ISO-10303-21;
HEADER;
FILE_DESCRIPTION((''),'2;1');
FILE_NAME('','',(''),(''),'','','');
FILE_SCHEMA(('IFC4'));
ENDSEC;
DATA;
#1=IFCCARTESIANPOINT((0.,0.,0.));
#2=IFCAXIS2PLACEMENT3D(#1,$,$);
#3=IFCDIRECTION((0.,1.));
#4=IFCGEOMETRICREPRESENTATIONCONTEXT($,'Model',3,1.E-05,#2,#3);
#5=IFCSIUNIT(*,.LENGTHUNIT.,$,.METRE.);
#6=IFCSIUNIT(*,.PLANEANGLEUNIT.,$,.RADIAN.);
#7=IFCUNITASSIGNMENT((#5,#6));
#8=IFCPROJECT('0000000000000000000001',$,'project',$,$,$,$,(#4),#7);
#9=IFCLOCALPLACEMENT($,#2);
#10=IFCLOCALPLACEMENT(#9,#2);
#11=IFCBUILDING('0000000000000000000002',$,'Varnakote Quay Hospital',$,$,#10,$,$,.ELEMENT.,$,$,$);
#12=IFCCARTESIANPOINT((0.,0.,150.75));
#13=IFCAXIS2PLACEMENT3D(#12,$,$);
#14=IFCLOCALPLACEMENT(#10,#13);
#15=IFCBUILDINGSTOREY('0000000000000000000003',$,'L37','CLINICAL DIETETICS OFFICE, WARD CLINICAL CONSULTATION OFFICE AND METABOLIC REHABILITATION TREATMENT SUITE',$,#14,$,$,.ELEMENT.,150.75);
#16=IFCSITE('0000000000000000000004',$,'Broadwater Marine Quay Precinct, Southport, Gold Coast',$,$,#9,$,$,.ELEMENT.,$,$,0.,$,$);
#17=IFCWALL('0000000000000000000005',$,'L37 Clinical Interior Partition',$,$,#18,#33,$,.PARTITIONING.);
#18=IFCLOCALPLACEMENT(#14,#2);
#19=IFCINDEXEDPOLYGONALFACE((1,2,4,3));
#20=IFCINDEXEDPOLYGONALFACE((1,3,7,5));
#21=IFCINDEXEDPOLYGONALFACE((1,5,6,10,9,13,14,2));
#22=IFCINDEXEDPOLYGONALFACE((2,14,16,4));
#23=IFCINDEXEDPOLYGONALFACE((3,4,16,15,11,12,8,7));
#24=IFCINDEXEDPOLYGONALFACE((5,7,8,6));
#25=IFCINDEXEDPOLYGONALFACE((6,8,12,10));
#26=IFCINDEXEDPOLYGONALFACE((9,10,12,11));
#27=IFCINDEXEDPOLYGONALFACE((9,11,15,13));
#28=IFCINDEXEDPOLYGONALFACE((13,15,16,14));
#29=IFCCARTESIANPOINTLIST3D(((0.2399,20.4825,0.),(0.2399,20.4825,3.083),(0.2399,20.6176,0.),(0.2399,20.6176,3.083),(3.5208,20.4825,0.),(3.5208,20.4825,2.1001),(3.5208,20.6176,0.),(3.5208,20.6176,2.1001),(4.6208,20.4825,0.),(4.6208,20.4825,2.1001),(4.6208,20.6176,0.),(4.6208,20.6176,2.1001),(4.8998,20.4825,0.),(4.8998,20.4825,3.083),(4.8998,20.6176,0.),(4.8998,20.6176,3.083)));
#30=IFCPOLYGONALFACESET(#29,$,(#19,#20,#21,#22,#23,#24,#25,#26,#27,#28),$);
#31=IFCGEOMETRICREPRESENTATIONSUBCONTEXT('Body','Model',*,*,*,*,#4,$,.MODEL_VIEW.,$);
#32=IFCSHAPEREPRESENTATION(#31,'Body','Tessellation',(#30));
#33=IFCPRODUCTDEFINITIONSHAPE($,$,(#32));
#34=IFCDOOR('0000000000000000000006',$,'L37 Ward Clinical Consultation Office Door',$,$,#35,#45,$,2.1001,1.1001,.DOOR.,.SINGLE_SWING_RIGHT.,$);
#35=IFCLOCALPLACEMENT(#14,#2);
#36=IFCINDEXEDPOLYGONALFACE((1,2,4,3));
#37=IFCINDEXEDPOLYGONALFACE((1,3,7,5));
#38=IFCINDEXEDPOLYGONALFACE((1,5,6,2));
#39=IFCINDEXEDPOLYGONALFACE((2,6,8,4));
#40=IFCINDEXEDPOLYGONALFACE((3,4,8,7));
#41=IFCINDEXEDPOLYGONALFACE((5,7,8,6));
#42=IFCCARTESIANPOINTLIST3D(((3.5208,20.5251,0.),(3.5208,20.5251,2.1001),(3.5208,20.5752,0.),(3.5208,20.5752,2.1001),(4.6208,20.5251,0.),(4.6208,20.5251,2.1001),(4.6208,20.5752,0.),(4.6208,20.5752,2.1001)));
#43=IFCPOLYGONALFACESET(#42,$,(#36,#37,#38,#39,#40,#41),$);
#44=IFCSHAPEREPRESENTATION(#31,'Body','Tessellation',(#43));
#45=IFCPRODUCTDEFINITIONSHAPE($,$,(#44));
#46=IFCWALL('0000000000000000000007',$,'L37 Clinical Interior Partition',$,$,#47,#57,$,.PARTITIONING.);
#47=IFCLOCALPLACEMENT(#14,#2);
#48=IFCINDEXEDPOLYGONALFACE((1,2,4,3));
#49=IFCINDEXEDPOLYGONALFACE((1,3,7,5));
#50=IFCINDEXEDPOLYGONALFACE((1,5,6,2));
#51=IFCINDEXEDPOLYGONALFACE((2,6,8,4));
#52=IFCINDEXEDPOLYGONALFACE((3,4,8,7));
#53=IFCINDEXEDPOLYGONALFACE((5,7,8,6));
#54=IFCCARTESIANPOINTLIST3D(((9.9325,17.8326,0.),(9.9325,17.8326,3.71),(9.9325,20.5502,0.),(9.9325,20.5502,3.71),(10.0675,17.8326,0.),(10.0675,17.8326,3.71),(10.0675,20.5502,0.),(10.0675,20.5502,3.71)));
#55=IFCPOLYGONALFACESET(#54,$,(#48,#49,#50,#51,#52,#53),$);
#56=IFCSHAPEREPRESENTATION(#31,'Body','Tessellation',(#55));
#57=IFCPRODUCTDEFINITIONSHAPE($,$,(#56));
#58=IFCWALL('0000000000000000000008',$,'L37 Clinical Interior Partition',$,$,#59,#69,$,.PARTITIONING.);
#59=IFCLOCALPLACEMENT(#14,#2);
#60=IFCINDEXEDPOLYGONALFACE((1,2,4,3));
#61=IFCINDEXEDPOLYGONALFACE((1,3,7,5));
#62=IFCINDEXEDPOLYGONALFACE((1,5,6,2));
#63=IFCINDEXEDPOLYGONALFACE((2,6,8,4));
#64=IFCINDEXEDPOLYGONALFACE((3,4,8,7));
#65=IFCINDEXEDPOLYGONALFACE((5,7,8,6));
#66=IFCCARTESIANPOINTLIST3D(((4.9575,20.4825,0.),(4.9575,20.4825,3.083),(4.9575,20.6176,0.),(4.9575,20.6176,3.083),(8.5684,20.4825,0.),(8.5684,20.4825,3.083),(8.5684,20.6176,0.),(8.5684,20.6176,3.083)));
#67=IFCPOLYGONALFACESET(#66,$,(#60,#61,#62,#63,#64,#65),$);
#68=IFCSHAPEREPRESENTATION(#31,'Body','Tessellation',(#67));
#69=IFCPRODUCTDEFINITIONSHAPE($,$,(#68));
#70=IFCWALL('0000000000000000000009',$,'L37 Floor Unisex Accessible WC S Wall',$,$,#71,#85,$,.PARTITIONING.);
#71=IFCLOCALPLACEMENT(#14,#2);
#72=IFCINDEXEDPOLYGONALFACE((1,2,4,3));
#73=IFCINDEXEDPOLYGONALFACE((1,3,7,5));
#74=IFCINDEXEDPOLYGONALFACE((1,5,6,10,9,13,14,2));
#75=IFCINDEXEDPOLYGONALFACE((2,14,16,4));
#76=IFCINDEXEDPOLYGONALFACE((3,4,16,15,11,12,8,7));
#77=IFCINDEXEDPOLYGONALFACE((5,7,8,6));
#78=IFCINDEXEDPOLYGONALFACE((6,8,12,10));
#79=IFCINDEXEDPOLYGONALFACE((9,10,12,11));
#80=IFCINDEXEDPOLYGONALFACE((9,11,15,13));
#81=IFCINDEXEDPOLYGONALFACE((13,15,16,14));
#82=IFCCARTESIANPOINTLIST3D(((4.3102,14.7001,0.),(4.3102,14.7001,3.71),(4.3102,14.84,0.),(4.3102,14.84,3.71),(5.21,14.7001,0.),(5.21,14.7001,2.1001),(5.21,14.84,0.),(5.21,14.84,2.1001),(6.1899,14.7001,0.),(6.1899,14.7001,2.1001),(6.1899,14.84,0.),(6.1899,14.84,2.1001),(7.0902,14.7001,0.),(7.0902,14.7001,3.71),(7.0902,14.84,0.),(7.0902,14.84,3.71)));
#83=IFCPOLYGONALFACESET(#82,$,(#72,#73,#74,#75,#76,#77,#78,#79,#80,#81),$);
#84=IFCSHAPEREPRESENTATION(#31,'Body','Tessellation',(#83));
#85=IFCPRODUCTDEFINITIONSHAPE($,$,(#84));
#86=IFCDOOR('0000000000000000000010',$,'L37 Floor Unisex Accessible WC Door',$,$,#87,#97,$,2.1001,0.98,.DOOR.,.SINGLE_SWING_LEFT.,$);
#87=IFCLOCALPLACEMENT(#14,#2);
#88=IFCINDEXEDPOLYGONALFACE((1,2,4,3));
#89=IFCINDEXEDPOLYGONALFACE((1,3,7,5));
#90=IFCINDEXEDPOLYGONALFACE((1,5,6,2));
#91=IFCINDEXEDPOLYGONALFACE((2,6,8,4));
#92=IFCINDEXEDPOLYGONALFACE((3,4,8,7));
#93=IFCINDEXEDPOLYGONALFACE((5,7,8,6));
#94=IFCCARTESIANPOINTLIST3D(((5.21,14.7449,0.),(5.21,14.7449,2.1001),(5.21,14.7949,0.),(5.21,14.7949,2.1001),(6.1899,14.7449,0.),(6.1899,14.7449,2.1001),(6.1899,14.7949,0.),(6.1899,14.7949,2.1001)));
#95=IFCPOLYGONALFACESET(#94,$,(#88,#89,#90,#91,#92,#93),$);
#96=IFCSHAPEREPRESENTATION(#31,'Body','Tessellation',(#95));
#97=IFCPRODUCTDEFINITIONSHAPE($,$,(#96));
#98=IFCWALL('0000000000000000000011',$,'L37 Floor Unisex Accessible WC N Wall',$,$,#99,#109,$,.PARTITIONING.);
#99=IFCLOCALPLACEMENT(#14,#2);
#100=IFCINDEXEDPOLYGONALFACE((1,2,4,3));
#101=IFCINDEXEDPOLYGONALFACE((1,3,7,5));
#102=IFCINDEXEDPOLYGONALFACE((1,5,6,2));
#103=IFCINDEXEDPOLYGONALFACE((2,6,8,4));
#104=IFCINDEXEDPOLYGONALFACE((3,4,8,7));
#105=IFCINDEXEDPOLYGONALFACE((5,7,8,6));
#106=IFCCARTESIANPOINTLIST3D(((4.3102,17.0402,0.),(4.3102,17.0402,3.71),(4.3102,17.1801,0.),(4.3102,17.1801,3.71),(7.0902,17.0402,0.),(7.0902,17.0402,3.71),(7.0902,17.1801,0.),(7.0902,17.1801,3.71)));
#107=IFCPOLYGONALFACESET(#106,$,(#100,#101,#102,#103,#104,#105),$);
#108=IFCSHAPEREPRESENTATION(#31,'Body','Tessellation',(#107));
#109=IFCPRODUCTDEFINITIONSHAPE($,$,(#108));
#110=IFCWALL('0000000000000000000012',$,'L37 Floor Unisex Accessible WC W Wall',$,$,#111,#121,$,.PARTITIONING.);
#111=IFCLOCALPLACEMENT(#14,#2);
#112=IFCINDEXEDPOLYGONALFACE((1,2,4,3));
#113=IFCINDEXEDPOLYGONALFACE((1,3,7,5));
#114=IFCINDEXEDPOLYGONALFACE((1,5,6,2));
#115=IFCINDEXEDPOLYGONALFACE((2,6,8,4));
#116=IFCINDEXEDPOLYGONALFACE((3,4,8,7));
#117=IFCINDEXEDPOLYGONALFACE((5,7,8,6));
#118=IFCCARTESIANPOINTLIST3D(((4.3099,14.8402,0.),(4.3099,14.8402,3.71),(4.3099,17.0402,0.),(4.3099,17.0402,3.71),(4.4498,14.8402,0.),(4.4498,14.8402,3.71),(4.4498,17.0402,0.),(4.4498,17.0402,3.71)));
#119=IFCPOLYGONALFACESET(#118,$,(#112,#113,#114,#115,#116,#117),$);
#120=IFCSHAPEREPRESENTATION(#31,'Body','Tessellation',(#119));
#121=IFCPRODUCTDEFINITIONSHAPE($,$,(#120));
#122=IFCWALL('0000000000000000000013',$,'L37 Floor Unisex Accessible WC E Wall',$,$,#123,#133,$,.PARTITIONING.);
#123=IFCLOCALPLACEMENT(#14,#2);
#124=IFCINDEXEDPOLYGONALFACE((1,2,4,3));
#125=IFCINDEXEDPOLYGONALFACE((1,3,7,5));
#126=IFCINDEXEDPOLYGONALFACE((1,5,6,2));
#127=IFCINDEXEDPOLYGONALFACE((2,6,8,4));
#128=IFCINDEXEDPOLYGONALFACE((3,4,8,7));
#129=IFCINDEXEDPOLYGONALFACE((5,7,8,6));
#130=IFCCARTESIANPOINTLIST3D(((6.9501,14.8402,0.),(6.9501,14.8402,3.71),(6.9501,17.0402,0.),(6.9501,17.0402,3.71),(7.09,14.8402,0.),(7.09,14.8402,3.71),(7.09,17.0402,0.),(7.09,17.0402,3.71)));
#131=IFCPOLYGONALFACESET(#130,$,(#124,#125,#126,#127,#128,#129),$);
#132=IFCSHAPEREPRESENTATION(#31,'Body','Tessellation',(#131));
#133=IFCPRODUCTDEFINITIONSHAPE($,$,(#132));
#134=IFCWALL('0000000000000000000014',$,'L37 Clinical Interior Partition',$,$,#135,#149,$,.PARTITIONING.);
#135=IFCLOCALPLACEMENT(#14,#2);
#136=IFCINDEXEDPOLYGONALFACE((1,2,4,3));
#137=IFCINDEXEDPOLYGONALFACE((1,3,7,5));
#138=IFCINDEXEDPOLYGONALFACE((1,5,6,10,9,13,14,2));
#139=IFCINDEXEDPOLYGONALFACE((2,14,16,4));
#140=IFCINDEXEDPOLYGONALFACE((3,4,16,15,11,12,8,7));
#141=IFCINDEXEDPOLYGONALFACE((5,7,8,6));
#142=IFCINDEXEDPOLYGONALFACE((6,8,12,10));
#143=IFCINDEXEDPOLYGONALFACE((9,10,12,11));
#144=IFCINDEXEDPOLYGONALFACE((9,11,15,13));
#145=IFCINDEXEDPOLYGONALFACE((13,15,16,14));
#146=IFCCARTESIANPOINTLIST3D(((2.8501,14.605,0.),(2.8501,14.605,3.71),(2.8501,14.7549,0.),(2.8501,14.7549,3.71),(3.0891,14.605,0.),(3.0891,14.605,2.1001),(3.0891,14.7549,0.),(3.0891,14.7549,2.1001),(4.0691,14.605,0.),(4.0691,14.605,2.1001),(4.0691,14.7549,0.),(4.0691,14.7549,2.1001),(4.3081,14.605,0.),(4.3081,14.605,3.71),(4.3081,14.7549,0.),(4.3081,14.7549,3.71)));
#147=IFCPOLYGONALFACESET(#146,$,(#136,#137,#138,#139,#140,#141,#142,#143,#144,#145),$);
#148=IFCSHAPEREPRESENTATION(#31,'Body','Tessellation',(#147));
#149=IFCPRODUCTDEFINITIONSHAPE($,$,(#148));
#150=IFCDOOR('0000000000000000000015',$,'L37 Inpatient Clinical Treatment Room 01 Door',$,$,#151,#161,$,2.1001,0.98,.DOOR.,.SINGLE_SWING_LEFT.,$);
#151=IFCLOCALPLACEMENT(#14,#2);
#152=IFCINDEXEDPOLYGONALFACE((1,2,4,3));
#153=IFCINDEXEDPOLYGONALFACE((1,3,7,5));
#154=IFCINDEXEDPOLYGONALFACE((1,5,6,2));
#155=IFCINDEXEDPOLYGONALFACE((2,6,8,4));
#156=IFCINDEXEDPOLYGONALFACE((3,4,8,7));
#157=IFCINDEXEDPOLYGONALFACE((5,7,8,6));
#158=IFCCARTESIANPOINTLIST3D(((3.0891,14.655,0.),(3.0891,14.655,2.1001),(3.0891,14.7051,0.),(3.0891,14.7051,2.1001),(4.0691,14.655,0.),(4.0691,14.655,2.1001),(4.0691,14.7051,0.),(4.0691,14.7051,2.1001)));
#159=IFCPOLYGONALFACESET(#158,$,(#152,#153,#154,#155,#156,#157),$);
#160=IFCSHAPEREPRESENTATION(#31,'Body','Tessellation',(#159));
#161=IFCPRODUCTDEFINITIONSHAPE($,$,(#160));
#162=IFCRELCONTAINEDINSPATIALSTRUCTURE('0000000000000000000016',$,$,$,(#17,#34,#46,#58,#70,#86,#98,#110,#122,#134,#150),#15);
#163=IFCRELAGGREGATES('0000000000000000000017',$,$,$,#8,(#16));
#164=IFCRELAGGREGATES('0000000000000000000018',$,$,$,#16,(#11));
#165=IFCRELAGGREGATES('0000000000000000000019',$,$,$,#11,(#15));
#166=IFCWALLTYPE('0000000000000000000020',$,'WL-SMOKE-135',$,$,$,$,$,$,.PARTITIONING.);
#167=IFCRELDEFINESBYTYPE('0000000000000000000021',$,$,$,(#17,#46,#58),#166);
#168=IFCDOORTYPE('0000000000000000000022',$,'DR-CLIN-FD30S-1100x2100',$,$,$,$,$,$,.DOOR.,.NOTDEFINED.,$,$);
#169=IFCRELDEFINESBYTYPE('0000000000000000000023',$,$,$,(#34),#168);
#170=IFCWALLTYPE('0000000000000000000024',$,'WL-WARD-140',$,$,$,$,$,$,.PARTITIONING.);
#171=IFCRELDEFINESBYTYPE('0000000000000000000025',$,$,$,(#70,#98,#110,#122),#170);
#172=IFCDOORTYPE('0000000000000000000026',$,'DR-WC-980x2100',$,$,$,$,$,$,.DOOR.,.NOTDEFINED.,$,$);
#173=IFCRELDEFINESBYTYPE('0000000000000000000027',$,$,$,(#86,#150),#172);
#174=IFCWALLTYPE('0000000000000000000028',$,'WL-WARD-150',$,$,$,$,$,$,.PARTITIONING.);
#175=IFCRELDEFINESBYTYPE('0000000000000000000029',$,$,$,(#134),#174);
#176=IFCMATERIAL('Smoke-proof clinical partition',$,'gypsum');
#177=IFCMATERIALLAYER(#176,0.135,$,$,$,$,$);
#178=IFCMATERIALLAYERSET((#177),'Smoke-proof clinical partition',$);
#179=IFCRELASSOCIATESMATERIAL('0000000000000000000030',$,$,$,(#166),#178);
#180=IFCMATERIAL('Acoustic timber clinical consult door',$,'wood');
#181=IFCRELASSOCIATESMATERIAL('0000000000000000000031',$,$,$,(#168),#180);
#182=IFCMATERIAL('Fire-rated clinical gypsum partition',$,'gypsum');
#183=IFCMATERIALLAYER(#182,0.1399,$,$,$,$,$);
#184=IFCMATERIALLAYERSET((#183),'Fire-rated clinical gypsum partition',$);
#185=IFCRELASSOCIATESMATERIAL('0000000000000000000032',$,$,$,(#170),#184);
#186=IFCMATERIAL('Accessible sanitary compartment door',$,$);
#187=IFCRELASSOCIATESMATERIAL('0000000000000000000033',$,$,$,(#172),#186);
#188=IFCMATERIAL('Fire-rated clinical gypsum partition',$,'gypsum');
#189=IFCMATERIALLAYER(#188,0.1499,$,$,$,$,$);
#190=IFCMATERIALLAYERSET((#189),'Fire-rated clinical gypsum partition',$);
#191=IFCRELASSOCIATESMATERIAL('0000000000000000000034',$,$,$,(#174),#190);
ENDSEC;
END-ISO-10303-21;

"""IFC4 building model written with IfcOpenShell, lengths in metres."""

from ifc_helpers import new_model, si_unit, direction, frame, frame_2d, origin, place, context, subcontext, project, spatial, rectangle, extrude, material, layer, layer_set, type_object, element, fill, save


model = new_model("IFC4")

# Units and contexts
model_context = context("Model", 3, precision=1e-05, world=origin(), true_north=direction((0.0, 1.0)))
body_context = subcontext(model_context, "Body", "Model", "MODEL_VIEW")
ifc_project = project(units=[si_unit("LENGTHUNIT", "METRE"), si_unit("PLANEANGLEUNIT", "RADIAN")], contexts=[model_context])

# Site, building, storey
site_placement = place(None, origin())
site = spatial("IfcSite", under=ifc_project, at=site_placement, Name="Broadwater Marine Quay Precinct, Southport, Gold Coast", CompositionType="ELEMENT", RefElevation=0.0)
building_placement = place(site_placement, origin())
building = spatial("IfcBuilding", under=site, at=building_placement, Name="Varnakote Quay Hospital", CompositionType="ELEMENT")
storey_placement = place(building_placement, frame((0.0, 0.0, 150.75)))
storey = spatial("IfcBuildingStorey", under=building, at=storey_placement, Name="L37", Description="CLINICAL DIETETICS OFFICE, WARD CLINICAL CONSULTATION OFFICE AND METABOLIC REHABILITATION TREATMENT SUITE", CompositionType="ELEMENT", Elevation=150.75)

# Shared definitions
ifc_material_1 = material(Name="Smoke-proof clinical partition", Category="gypsum")
ifc_layer_1 = layer(ifc_material_1, 0.135)
ifc_layer_set_1 = layer_set([ifc_layer_1], Name="Smoke-proof clinical partition")
wall_type_1 = type_object("IfcWallType", Name="WL-SMOKE-135", PredefinedType="PARTITIONING", material=ifc_layer_set_1)

# Wall, opening, door
wall_1_placement = place(storey_placement, frame((4.8999, 20.55, 0.0), z_axis=(0.0, 0.0, 1.0), x_axis=(-1.0, 0.0, 0.0)))
wall_1 = element("IfcWall", 1, at=wall_1_placement, inside=storey, type_object=wall_type_1, Name="L37 Clinical Interior Partition", PredefinedType="PARTITIONING", context=body_context, shape_type="SweptSolid", body=[
    extrude(rectangle(XDim=4.6599, YDim=0.135, at=frame_2d((2.3301, 0.0))), origin(), (0.0, 0.0, 1.0), 3.083),
])
opening_1_placement = place(wall_1_placement, frame((0.2791, 0.0, 0.0)))
opening_1 = element("IfcOpeningElement", 2, at=opening_1_placement, cuts=wall_1, PredefinedType="OPENING", context=body_context, shape_type="SweptSolid", body=[
    extrude(rectangle(XDim=1.1001, YDim=2.1001, at=frame_2d((0.55, 1.05))), frame((0.0, 0.0774, 0.0), z_axis=(0.0, -1.0, 0.0), x_axis=(1.0, 0.0, 0.0)), (0.0, 0.0, 1.0), 0.155),
])
ifc_material_2 = material(Name="Acoustic timber clinical consult door", Category="wood")
door_type_1 = type_object("IfcDoorType", Name="DR-CLIN-FD30S-1100x2100", OperationType="NOTDEFINED", PredefinedType="DOOR", material=ifc_material_2)
door_1_placement = place(opening_1_placement, origin())
door_1 = element("IfcDoor", 3, at=door_1_placement, inside=storey, type_object=door_type_1, Name="L37 Ward Clinical Consultation Office Door", OperationType="SINGLE_SWING_RIGHT", OverallHeight=2.1001, OverallWidth=1.1001, PredefinedType="DOOR", context=body_context, shape_type="SweptSolid", body=[
    extrude(rectangle(XDim=1.1001, YDim=2.1001, at=frame_2d((0.55, 1.05))), frame((0.0, 0.0249, 0.0), z_axis=(0.0, -1.0, 0.0), x_axis=(1.0, 0.0, 0.0)), (0.0, 0.0, 1.0), 0.05),
])
fill(opening_1, door_1)

# Walls
wall_2_placement = place(storey_placement, frame((10.0, 17.8325, 0.0), z_axis=(0.0, 0.0, 1.0), x_axis=(0.0, 1.0, 0.0)))
element("IfcWall", 4, at=wall_2_placement, inside=storey, type_object=wall_type_1, Name="L37 Clinical Interior Partition", PredefinedType="PARTITIONING", context=body_context, shape_type="SweptSolid", body=[
    extrude(rectangle(XDim=2.7175, YDim=0.135, at=frame_2d((1.3589, 0.0))), origin(), (0.0, 0.0, 1.0), 3.71),
])
wall_3_placement = place(storey_placement, frame((8.5684, 20.55, 0.0), z_axis=(0.0, 0.0, 1.0), x_axis=(-1.0, 0.0, 0.0)))
element("IfcWall", 5, at=wall_3_placement, inside=storey, type_object=wall_type_1, Name="L37 Clinical Interior Partition", PredefinedType="PARTITIONING", context=body_context, shape_type="SweptSolid", body=[
    extrude(rectangle(XDim=3.6108, YDim=0.135, at=frame_2d((1.8054, 0.0))), origin(), (0.0, 0.0, 1.0), 3.083),
])

# Wall, opening, door
ifc_material_3 = material(Name="Fire-rated clinical gypsum partition", Category="gypsum")
ifc_layer_2 = layer(ifc_material_3, 0.1399)
ifc_layer_set_2 = layer_set([ifc_layer_2], Name="Fire-rated clinical gypsum partition")
wall_type_2 = type_object("IfcWallType", Name="WL-WARD-140", PredefinedType="PARTITIONING", material=ifc_layer_set_2)
wall_4_placement = place(storey_placement, frame((4.3101, 14.77, 0.0), z_axis=(0.0, 0.0, 1.0), x_axis=(1.0, 0.0, 0.0)))
wall_4 = element("IfcWall", 6, at=wall_4_placement, inside=storey, type_object=wall_type_2, Name="L37 Floor Unisex Accessible WC S Wall", PredefinedType="PARTITIONING", context=body_context, shape_type="SweptSolid", body=[
    extrude(rectangle(XDim=2.78, YDim=0.1399, at=frame_2d((1.3901, 0.0))), origin(), (0.0, 0.0, 1.0), 3.71),
])
opening_2_placement = place(wall_4_placement, frame((0.8999, 0.0, 0.0)))
opening_2 = element("IfcOpeningElement", 7, at=opening_2_placement, cuts=wall_4, PredefinedType="OPENING", context=body_context, shape_type="SweptSolid", body=[
    extrude(rectangle(XDim=0.98, YDim=2.1001, at=frame_2d((0.49, 1.05))), frame((0.0, 0.0798, 0.0), z_axis=(0.0, -1.0, 0.0), x_axis=(1.0, 0.0, 0.0)), (0.0, 0.0, 1.0), 0.1599),
])
ifc_material_4 = material(Name="Accessible sanitary compartment door")
door_type_2 = type_object("IfcDoorType", Name="DR-WC-980x2100", OperationType="NOTDEFINED", PredefinedType="DOOR", material=ifc_material_4)
door_2_placement = place(opening_2_placement, origin())
door_2 = element("IfcDoor", 8, at=door_2_placement, inside=storey, type_object=door_type_2, Name="L37 Floor Unisex Accessible WC Door", OperationType="SINGLE_SWING_LEFT", OverallHeight=2.1001, OverallWidth=0.98, PredefinedType="DOOR", context=body_context, shape_type="SweptSolid", body=[
    extrude(rectangle(XDim=0.98, YDim=2.1001, at=frame_2d((0.49, 1.05))), frame((0.0, 0.0249, 0.0), z_axis=(0.0, -1.0, 0.0), x_axis=(1.0, 0.0, 0.0)), (0.0, 0.0, 1.0), 0.05),
])
fill(opening_2, door_2)

# Walls
wall_5_placement = place(storey_placement, frame((4.3101, 17.1101, 0.0), z_axis=(0.0, 0.0, 1.0), x_axis=(1.0, 0.0, 0.0)))
element("IfcWall", 9, at=wall_5_placement, inside=storey, type_object=wall_type_2, Name="L37 Floor Unisex Accessible WC N Wall", PredefinedType="PARTITIONING", context=body_context, shape_type="SweptSolid", body=[
    extrude(rectangle(XDim=2.78, YDim=0.1399, at=frame_2d((1.3901, 0.0))), origin(), (0.0, 0.0, 1.0), 3.71),
])
for number, where, z_axis, x_axis, name in (
    (10, (4.3799, 14.8401, 0.0), (0.0, 0.0, 1.0), (0.0, 1.0, 0.0), "L37 Floor Unisex Accessible WC W Wall"),
    (11, (7.02, 14.8401, 0.0), (0.0, 0.0, 1.0), (0.0, 1.0, 0.0), "L37 Floor Unisex Accessible WC E Wall"),
):
    element("IfcWall", number, at=place(storey_placement, frame(where, z_axis=z_axis, x_axis=x_axis)), inside=storey, type_object=wall_type_2, Name=name, PredefinedType="PARTITIONING", context=body_context, shape_type="SweptSolid", body=[
        extrude(rectangle(XDim=2.2, YDim=0.1399, at=frame_2d((1.1001, 0.0))), origin(), (0.0, 0.0, 1.0), 3.71),
    ])

# Wall, opening, door
ifc_material_5 = material(Name="Fire-rated clinical gypsum partition", Category="gypsum")
ifc_layer_3 = layer(ifc_material_5, 0.1499)
ifc_layer_set_3 = layer_set([ifc_layer_3], Name="Fire-rated clinical gypsum partition")
wall_type_3 = type_object("IfcWallType", Name="WL-WARD-150", PredefinedType="PARTITIONING", material=ifc_layer_set_3)
wall_6_placement = place(storey_placement, frame((4.3081, 14.6799, 0.0), z_axis=(0.0, 0.0, 1.0), x_axis=(-1.0, 0.0, 0.0)))
wall_6 = element("IfcWall", 12, at=wall_6_placement, inside=storey, type_object=wall_type_3, Name="L37 Clinical Interior Partition", PredefinedType="PARTITIONING", context=body_context, shape_type="SweptSolid", body=[
    extrude(rectangle(XDim=1.458, YDim=0.1499, at=frame_2d((0.729, 0.0))), origin(), (0.0, 0.0, 1.0), 3.71),
])
opening_3_placement = place(wall_6_placement, frame((0.239, 0.0, 0.0)))
opening_3 = element("IfcOpeningElement", 13, at=opening_3_placement, cuts=wall_6, PredefinedType="OPENING", context=body_context, shape_type="SweptSolid", body=[
    extrude(rectangle(XDim=0.98, YDim=2.1001, at=frame_2d((0.49, 1.05))), frame((0.0, 0.085, 0.0), z_axis=(0.0, -1.0, 0.0), x_axis=(1.0, 0.0, 0.0)), (0.0, 0.0, 1.0), 0.1699),
])
door_3_placement = place(opening_3_placement, origin())
door_3 = element("IfcDoor", 14, at=door_3_placement, inside=storey, type_object=door_type_2, Name="L37 Inpatient Clinical Treatment Room 01 Door", OperationType="SINGLE_SWING_LEFT", OverallHeight=2.1001, OverallWidth=0.98, PredefinedType="DOOR", context=body_context, shape_type="SweptSolid", body=[
    extrude(rectangle(XDim=0.98, YDim=2.1001, at=frame_2d((0.49, 1.05))), frame((0.0, 0.0249, 0.0), z_axis=(0.0, -1.0, 0.0), x_axis=(1.0, 0.0, 0.0)), (0.0, 0.0, 1.0), 0.05),
])
fill(opening_3, door_3)

save(model, "model.ifc")
